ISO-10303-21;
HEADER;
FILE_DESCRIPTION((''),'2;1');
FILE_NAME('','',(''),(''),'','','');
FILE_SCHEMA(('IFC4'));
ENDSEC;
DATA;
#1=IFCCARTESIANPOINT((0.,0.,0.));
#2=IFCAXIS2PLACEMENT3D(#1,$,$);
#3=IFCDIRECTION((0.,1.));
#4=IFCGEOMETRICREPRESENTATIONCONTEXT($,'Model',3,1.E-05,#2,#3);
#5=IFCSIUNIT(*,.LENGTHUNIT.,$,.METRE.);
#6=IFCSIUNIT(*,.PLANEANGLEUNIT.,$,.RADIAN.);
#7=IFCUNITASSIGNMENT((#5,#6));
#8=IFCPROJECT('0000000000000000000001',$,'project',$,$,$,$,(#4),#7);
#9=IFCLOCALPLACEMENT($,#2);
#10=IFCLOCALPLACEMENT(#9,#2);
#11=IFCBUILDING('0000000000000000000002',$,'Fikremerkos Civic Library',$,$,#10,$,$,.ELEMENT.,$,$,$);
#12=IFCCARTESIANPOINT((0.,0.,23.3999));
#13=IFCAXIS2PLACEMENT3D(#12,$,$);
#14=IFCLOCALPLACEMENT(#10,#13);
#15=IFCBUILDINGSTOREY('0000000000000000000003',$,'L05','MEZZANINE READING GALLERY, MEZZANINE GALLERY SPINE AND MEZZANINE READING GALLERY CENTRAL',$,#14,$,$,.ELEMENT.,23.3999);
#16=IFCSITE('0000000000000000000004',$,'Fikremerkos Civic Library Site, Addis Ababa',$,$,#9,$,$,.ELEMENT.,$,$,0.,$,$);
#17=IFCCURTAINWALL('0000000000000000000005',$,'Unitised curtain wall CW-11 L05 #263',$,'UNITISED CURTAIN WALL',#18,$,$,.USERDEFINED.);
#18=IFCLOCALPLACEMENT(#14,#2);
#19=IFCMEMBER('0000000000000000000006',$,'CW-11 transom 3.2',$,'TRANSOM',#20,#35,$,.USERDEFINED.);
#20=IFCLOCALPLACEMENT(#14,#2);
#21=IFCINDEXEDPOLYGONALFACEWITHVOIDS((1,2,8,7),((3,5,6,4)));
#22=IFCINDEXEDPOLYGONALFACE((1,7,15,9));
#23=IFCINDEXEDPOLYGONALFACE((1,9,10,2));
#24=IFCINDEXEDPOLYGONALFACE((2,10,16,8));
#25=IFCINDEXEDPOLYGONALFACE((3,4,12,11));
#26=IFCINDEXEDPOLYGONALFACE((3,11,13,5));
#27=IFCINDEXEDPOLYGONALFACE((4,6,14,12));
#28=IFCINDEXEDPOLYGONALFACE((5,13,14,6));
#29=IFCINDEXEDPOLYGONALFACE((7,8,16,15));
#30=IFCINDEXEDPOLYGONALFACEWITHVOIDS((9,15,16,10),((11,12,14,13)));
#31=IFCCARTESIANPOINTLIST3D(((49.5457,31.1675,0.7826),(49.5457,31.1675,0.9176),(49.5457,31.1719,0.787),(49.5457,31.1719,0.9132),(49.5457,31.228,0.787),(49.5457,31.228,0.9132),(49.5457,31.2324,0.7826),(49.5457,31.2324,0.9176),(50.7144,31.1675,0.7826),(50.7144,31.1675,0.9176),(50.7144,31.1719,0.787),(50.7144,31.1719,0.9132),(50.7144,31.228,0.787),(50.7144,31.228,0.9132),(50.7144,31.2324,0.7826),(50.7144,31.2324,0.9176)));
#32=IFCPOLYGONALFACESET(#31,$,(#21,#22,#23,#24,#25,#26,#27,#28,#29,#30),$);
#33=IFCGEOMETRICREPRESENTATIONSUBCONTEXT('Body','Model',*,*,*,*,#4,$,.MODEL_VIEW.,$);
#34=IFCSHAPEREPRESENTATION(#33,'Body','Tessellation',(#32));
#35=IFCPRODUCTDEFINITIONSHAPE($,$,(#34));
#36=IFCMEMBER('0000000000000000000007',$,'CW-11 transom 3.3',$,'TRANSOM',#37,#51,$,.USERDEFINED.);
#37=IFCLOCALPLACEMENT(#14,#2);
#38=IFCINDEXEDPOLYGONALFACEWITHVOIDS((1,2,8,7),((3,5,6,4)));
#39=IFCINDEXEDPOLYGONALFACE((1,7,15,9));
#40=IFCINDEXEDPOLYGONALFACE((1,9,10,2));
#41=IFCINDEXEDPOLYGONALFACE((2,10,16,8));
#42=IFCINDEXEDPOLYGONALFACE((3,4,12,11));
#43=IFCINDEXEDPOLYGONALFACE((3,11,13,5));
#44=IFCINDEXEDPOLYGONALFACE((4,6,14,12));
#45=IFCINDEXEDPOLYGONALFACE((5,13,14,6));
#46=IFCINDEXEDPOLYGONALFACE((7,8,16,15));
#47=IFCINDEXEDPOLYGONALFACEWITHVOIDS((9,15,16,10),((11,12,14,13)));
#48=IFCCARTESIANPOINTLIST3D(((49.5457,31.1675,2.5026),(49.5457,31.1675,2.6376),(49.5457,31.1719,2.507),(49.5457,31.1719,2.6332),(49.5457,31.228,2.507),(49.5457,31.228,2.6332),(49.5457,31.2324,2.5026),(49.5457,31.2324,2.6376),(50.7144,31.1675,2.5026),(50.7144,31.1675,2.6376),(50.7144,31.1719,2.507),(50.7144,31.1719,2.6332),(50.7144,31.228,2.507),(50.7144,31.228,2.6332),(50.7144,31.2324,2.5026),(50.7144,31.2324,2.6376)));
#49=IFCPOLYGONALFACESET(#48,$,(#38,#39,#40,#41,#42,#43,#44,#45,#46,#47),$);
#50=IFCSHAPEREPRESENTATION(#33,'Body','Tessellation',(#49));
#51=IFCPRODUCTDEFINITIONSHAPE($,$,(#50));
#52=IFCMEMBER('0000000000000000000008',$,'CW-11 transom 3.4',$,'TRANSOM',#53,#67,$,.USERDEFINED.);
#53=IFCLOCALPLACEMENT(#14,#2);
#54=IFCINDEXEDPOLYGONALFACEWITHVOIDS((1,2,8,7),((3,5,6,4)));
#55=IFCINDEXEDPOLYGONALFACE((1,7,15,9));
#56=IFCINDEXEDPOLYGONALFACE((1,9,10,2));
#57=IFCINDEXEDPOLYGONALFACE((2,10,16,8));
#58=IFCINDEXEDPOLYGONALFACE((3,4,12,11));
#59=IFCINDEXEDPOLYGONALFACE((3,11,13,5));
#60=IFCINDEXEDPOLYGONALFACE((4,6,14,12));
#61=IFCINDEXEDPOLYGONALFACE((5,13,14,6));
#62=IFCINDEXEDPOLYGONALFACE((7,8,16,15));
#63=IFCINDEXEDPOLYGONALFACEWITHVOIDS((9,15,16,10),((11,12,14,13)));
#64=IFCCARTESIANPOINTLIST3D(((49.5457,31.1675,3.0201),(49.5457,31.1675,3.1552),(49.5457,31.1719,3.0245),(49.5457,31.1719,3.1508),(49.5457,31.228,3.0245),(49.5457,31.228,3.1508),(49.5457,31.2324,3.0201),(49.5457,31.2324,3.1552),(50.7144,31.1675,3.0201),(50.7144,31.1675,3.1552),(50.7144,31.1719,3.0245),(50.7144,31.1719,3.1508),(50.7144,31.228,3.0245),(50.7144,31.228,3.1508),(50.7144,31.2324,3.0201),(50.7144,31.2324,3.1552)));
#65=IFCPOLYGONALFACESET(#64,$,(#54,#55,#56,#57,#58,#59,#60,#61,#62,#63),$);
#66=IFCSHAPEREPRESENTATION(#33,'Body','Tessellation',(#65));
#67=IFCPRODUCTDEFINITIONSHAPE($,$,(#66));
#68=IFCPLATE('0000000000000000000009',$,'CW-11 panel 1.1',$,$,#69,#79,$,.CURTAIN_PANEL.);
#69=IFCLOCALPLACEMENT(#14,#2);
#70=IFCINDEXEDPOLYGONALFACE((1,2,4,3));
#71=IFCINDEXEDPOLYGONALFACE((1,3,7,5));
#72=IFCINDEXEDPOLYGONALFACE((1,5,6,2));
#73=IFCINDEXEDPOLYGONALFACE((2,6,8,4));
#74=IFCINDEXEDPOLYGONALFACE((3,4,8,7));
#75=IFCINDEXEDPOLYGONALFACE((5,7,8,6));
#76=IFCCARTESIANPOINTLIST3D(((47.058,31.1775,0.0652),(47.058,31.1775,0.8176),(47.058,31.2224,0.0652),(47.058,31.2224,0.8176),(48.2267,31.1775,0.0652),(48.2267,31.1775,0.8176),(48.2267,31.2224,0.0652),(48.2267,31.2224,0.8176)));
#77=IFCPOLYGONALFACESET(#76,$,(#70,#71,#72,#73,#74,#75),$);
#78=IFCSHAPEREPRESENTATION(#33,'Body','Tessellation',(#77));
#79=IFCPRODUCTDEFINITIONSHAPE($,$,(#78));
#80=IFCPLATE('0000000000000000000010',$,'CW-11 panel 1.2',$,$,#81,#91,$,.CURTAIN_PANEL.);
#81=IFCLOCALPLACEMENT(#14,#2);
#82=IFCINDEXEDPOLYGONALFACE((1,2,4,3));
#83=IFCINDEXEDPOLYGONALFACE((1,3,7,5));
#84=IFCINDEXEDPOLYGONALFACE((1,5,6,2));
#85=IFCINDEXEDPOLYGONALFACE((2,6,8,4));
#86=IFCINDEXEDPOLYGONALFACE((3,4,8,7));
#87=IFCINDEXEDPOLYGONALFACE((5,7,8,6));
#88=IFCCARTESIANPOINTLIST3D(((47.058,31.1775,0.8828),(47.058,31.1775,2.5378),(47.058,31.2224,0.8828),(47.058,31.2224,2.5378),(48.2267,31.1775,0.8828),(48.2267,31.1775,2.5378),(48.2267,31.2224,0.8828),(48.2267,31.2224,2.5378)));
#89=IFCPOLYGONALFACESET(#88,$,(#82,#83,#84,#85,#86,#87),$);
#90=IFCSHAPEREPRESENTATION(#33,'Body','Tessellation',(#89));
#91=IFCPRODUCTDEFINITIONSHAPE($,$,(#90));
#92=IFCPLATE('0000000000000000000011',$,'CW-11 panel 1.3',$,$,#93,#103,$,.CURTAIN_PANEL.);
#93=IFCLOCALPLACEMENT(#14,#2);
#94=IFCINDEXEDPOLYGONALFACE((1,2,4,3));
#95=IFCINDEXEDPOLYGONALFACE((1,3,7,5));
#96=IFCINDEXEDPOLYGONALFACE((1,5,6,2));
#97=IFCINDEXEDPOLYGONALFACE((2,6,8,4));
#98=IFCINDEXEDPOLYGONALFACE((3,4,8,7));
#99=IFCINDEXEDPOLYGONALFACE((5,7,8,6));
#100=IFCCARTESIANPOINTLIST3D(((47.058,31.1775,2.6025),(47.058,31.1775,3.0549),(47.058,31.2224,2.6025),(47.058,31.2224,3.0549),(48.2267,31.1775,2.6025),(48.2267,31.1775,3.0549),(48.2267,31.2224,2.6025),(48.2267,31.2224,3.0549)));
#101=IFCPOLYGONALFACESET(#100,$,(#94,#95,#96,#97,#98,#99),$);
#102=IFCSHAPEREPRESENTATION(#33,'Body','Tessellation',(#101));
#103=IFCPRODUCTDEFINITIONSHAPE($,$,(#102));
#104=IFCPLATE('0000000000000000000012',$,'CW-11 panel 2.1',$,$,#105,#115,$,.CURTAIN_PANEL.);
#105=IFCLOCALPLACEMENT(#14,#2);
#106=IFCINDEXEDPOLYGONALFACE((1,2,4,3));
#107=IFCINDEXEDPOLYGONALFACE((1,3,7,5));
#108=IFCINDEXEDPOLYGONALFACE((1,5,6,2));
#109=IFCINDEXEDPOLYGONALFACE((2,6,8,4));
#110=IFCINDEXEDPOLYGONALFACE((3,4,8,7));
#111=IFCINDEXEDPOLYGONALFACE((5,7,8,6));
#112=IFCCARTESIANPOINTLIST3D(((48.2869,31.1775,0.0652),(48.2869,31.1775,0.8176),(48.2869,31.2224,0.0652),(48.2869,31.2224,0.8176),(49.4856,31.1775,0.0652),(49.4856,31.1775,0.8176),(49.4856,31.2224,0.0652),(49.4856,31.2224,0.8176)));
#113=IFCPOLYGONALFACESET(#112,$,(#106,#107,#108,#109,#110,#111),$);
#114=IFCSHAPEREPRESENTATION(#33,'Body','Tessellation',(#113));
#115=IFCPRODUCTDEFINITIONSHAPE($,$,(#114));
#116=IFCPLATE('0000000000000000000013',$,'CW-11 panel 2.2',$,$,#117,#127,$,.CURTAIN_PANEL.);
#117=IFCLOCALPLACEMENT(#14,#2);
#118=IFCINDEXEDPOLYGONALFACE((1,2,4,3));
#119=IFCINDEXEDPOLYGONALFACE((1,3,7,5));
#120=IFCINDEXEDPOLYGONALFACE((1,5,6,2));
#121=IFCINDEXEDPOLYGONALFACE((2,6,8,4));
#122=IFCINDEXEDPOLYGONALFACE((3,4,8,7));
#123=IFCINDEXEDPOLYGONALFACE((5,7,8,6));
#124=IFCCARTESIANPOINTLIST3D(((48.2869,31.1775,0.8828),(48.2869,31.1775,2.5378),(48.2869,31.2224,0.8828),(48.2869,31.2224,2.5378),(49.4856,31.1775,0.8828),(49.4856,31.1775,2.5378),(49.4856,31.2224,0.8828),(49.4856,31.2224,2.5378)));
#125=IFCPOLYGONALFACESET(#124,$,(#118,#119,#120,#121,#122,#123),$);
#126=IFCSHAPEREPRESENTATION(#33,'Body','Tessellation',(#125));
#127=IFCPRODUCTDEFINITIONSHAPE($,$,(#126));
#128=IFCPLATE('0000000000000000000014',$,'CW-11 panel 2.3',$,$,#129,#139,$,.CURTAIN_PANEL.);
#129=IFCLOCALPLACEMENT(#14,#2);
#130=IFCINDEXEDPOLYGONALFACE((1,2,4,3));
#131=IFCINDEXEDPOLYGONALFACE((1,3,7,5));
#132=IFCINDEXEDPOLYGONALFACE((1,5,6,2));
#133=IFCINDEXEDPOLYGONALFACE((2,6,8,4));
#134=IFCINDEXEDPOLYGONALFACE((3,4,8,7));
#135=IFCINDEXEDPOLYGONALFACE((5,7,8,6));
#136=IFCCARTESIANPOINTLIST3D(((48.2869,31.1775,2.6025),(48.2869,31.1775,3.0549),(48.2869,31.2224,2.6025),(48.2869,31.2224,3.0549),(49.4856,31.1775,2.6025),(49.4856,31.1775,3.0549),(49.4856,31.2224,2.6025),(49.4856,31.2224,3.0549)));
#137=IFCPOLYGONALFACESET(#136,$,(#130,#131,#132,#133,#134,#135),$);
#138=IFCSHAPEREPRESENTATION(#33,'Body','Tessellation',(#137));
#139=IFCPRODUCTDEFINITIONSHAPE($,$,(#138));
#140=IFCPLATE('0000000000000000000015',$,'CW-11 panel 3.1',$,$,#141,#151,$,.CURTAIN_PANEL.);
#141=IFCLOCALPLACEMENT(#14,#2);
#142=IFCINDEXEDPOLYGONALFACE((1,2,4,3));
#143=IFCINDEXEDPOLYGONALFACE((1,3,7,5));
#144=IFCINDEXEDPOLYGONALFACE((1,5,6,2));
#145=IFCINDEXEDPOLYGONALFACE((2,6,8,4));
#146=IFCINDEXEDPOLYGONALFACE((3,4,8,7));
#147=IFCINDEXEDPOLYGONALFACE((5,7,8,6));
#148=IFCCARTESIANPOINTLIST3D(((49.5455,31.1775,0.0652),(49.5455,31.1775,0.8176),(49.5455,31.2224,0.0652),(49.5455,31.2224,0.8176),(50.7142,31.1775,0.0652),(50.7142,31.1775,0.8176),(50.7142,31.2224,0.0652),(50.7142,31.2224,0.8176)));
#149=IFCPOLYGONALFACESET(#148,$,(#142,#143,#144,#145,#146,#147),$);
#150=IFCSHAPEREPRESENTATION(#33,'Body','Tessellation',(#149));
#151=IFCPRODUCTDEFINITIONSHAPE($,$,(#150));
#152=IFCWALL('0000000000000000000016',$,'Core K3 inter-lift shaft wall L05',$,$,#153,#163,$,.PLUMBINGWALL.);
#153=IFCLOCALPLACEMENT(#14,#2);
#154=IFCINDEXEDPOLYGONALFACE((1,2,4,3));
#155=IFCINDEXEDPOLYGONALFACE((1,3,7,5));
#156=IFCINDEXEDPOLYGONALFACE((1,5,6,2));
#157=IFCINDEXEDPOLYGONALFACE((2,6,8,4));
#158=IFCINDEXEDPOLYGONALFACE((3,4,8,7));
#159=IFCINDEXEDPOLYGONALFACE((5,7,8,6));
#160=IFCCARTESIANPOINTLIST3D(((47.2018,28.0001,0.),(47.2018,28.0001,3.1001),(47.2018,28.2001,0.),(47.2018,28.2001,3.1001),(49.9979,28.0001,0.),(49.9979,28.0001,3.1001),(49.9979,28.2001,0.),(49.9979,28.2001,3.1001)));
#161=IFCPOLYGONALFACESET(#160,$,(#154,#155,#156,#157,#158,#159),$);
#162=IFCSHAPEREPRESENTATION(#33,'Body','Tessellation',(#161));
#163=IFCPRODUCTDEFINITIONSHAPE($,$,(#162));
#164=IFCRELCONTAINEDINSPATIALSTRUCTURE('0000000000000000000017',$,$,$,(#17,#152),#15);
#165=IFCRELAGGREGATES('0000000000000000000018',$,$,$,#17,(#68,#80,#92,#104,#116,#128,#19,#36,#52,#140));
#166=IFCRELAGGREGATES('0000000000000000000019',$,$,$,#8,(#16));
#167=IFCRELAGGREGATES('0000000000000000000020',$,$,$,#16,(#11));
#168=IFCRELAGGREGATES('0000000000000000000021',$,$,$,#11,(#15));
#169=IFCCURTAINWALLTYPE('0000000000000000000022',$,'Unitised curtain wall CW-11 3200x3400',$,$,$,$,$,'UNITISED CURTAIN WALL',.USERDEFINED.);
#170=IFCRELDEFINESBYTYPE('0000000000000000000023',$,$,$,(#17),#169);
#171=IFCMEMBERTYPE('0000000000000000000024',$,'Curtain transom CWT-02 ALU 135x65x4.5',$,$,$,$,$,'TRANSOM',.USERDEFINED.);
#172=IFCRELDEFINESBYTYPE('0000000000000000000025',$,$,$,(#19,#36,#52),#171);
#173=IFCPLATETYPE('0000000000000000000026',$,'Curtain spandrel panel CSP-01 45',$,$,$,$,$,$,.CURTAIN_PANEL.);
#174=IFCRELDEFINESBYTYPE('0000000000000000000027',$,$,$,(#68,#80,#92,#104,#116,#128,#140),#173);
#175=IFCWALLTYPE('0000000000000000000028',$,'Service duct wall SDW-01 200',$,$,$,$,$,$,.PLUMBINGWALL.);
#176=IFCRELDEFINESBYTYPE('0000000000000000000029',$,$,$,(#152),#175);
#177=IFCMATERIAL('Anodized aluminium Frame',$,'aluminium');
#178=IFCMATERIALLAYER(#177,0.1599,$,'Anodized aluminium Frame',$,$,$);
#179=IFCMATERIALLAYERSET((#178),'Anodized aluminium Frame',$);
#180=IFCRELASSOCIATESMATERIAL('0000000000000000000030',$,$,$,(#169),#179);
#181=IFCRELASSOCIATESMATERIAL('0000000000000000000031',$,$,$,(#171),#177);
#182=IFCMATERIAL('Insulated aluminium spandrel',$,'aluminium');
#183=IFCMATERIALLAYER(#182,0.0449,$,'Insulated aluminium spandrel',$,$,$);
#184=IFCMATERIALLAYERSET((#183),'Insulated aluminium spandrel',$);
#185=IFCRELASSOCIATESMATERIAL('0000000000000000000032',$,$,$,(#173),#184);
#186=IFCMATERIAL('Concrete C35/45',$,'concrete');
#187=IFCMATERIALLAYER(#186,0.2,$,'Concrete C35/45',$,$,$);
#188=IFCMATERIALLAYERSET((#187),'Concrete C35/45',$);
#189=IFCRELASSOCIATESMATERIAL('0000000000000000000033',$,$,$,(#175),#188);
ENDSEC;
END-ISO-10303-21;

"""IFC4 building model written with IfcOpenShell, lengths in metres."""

from ifc_helpers import new_model, si_unit, direction, frame, frame_2d, origin, origin_2d, place, context, subcontext, project, spatial, rectangle, hollow_rectangle, extrude, material, layer, layer_set, material_profile, profile_set, type_object, element, aggregate, save


model = new_model("IFC4")

# Units and contexts
model_context = context("Model", 3, precision=1e-05, world=origin(), true_north=direction((0.0, 1.0)))
body_context = subcontext(model_context, "Body", "Model", "MODEL_VIEW")
ifc_project = project(units=[si_unit("LENGTHUNIT", "METRE"), si_unit("PLANEANGLEUNIT", "RADIAN")], contexts=[model_context])

# Site, building, storey
site_placement = place(None, origin())
site = spatial("IfcSite", under=ifc_project, at=site_placement, Name="Fikremerkos Civic Library Site, Addis Ababa", CompositionType="ELEMENT", RefElevation=0.0)
building_placement = place(site_placement, origin())
building = spatial("IfcBuilding", under=site, at=building_placement, Name="Fikremerkos Civic Library", CompositionType="ELEMENT")
storey_placement = place(building_placement, frame((0.0, 0.0, 23.3999)))
storey = spatial("IfcBuildingStorey", under=building, at=storey_placement, Name="L05", Description="MEZZANINE READING GALLERY, MEZZANINE GALLERY SPINE AND MEZZANINE READING GALLERY CENTRAL", CompositionType="ELEMENT", Elevation=23.3999)

# Curtain wall, members, plates
ifc_material_1 = material(Name="Anodized aluminium Frame", Category="aluminium")
ifc_layer_1 = layer(ifc_material_1, 0.1599, Name="Anodized aluminium Frame")
ifc_layer_set_1 = layer_set([ifc_layer_1], Name="Anodized aluminium Frame")
curtain_wall_type = type_object("IfcCurtainWallType", Name="Unitised curtain wall CW-11 3200x3400", ElementType="UNITISED CURTAIN WALL", PredefinedType="USERDEFINED", material=ifc_layer_set_1)
curtain_wall_placement = place(storey_placement, origin())
curtain_wall = element("IfcCurtainWall", 1, at=curtain_wall_placement, inside=storey, type_object=curtain_wall_type, Name="Unitised curtain wall CW-11 L05 #263", ObjectType="UNITISED CURTAIN WALL", PredefinedType="USERDEFINED")
ifc_material_profile_1 = material_profile(ifc_material_1, hollow_rectangle(XDim=0.0649, YDim=0.135, WallThickness=0.0044, at=origin_2d()), Name="ALU 135x65x4.5")
ifc_profile_set_1 = profile_set([ifc_material_profile_1], Name="Anodized aluminium Frame")
member_type_1 = type_object("IfcMemberType", Name="Curtain transom CWT-02 ALU 135x65x4.5", ElementType="TRANSOM", PredefinedType="USERDEFINED", material=ifc_profile_set_1)
member_1_placement = place(storey_placement, frame((49.5457, 31.2, 0.8501), z_axis=(1.0, 0.0, 0.0), x_axis=(0.0, 1.0, 0.0)))
member_1 = element("IfcMember", 2, at=member_1_placement, type_object=member_type_1, Name="CW-11 transom 3.2", ObjectType="TRANSOM", PredefinedType="USERDEFINED", context=body_context, shape_type="SweptSolid", body=[
    extrude(hollow_rectangle(XDim=0.0649, YDim=0.135, WallThickness=0.0044, at=origin_2d()), origin(), (0.0, 0.0, 1.0), 1.1687),
])
member_2_placement = place(storey_placement, frame((49.5457, 31.2, 2.5701), z_axis=(1.0, 0.0, 0.0), x_axis=(0.0, 1.0, 0.0)))
member_2 = element("IfcMember", 3, at=member_2_placement, type_object=member_type_1, Name="CW-11 transom 3.3", ObjectType="TRANSOM", PredefinedType="USERDEFINED", context=body_context, shape_type="SweptSolid", body=[
    extrude(hollow_rectangle(XDim=0.0649, YDim=0.135, WallThickness=0.0044, at=origin_2d()), origin(), (0.0, 0.0, 1.0), 1.1687),
])
member_3_placement = place(storey_placement, frame((49.5457, 31.2, 3.0876), z_axis=(1.0, 0.0, 0.0), x_axis=(0.0, 1.0, 0.0)))
member_3 = element("IfcMember", 4, at=member_3_placement, type_object=member_type_1, Name="CW-11 transom 3.4", ObjectType="TRANSOM", PredefinedType="USERDEFINED", context=body_context, shape_type="SweptSolid", body=[
    extrude(hollow_rectangle(XDim=0.0649, YDim=0.135, WallThickness=0.0044, at=origin_2d()), origin(), (0.0, 0.0, 1.0), 1.1687),
])
ifc_material_2 = material(Name="Insulated aluminium spandrel", Category="aluminium")
ifc_layer_2 = layer(ifc_material_2, 0.0449, Name="Insulated aluminium spandrel")
ifc_layer_set_2 = layer_set([ifc_layer_2], Name="Insulated aluminium spandrel")
plate_type = type_object("IfcPlateType", Name="Curtain spandrel panel CSP-01 45", PredefinedType="CURTAIN_PANEL", material=ifc_layer_set_2)
plate_1_placement = place(storey_placement, frame((47.6423, 31.2, 0.0652), z_axis=(0.0, 0.0, 1.0), x_axis=(1.0, 0.0, 0.0)))
plate_1 = element("IfcPlate", 5, at=plate_1_placement, type_object=plate_type, Name="CW-11 panel 1.1", PredefinedType="CURTAIN_PANEL", context=body_context, shape_type="SweptSolid", body=[
    extrude(rectangle(XDim=1.1687, YDim=0.0449, at=origin_2d()), origin(), (0.0, 0.0, 1.0), 0.7524),
])
plate_2_placement = place(storey_placement, frame((47.6423, 31.2, 0.8828), z_axis=(0.0, 0.0, 1.0), x_axis=(1.0, 0.0, 0.0)))
plate_2 = element("IfcPlate", 6, at=plate_2_placement, type_object=plate_type, Name="CW-11 panel 1.2", PredefinedType="CURTAIN_PANEL", context=body_context, shape_type="SweptSolid", body=[
    extrude(rectangle(XDim=1.1687, YDim=0.0449, at=origin_2d()), origin(), (0.0, 0.0, 1.0), 1.655),
])
plate_3_placement = place(storey_placement, frame((47.6423, 31.2, 2.6025), z_axis=(0.0, 0.0, 1.0), x_axis=(1.0, 0.0, 0.0)))
plate_3 = element("IfcPlate", 7, at=plate_3_placement, type_object=plate_type, Name="CW-11 panel 1.3", PredefinedType="CURTAIN_PANEL", context=body_context, shape_type="SweptSolid", body=[
    extrude(rectangle(XDim=1.1687, YDim=0.0449, at=origin_2d()), origin(), (0.0, 0.0, 1.0), 0.4524),
])
plate_4_placement = place(storey_placement, frame((48.8862, 31.2, 0.0652), z_axis=(0.0, 0.0, 1.0), x_axis=(1.0, 0.0, 0.0)))
plate_4 = element("IfcPlate", 8, at=plate_4_placement, type_object=plate_type, Name="CW-11 panel 2.1", PredefinedType="CURTAIN_PANEL", context=body_context, shape_type="SweptSolid", body=[
    extrude(rectangle(XDim=1.1987, YDim=0.0449, at=origin_2d()), origin(), (0.0, 0.0, 1.0), 0.7524),
])
plate_5_placement = place(storey_placement, frame((48.8862, 31.2, 0.8828), z_axis=(0.0, 0.0, 1.0), x_axis=(1.0, 0.0, 0.0)))
plate_5 = element("IfcPlate", 9, at=plate_5_placement, type_object=plate_type, Name="CW-11 panel 2.2", PredefinedType="CURTAIN_PANEL", context=body_context, shape_type="SweptSolid", body=[
    extrude(rectangle(XDim=1.1987, YDim=0.0449, at=origin_2d()), origin(), (0.0, 0.0, 1.0), 1.655),
])
plate_6_placement = place(storey_placement, frame((48.8862, 31.2, 2.6025), z_axis=(0.0, 0.0, 1.0), x_axis=(1.0, 0.0, 0.0)))
plate_6 = element("IfcPlate", 10, at=plate_6_placement, type_object=plate_type, Name="CW-11 panel 2.3", PredefinedType="CURTAIN_PANEL", context=body_context, shape_type="SweptSolid", body=[
    extrude(rectangle(XDim=1.1987, YDim=0.0449, at=origin_2d()), origin(), (0.0, 0.0, 1.0), 0.4524),
])
plate_7_placement = place(storey_placement, frame((50.1299, 31.2, 0.0652), z_axis=(0.0, 0.0, 1.0), x_axis=(1.0, 0.0, 0.0)))
plate_7 = element("IfcPlate", 11, at=plate_7_placement, type_object=plate_type, Name="CW-11 panel 3.1", PredefinedType="CURTAIN_PANEL", context=body_context, shape_type="SweptSolid", body=[
    extrude(rectangle(XDim=1.1687, YDim=0.0449, at=origin_2d()), origin(), (0.0, 0.0, 1.0), 0.7524),
])
aggregate(curtain_wall, [plate_1, plate_2, plate_3, plate_4, plate_5, plate_6, member_1, member_2, member_3, plate_7])

# Wall
ifc_material_3 = material(Name="Concrete C35/45", Category="concrete")
ifc_layer_3 = layer(ifc_material_3, 0.2, Name="Concrete C35/45")
ifc_layer_set_3 = layer_set([ifc_layer_3], Name="Concrete C35/45")
wall_type = type_object("IfcWallType", Name="Service duct wall SDW-01 200", PredefinedType="PLUMBINGWALL", material=ifc_layer_set_3)
wall_placement = place(storey_placement, frame((47.2019, 28.1001, 0.0), z_axis=(0.0, 0.0, 1.0), x_axis=(1.0, 0.0, 0.0)))
element("IfcWall", 12, at=wall_placement, inside=storey, type_object=wall_type, Name="Core K3 inter-lift shaft wall L05", PredefinedType="PLUMBINGWALL", context=body_context, shape_type="SweptSolid", body=[
    extrude(rectangle(XDim=2.7961, YDim=0.2, at=frame_2d((1.3979, 0.0))), origin(), (0.0, 0.0, 1.0), 3.1001),
])

save(model, "model.ifc")
